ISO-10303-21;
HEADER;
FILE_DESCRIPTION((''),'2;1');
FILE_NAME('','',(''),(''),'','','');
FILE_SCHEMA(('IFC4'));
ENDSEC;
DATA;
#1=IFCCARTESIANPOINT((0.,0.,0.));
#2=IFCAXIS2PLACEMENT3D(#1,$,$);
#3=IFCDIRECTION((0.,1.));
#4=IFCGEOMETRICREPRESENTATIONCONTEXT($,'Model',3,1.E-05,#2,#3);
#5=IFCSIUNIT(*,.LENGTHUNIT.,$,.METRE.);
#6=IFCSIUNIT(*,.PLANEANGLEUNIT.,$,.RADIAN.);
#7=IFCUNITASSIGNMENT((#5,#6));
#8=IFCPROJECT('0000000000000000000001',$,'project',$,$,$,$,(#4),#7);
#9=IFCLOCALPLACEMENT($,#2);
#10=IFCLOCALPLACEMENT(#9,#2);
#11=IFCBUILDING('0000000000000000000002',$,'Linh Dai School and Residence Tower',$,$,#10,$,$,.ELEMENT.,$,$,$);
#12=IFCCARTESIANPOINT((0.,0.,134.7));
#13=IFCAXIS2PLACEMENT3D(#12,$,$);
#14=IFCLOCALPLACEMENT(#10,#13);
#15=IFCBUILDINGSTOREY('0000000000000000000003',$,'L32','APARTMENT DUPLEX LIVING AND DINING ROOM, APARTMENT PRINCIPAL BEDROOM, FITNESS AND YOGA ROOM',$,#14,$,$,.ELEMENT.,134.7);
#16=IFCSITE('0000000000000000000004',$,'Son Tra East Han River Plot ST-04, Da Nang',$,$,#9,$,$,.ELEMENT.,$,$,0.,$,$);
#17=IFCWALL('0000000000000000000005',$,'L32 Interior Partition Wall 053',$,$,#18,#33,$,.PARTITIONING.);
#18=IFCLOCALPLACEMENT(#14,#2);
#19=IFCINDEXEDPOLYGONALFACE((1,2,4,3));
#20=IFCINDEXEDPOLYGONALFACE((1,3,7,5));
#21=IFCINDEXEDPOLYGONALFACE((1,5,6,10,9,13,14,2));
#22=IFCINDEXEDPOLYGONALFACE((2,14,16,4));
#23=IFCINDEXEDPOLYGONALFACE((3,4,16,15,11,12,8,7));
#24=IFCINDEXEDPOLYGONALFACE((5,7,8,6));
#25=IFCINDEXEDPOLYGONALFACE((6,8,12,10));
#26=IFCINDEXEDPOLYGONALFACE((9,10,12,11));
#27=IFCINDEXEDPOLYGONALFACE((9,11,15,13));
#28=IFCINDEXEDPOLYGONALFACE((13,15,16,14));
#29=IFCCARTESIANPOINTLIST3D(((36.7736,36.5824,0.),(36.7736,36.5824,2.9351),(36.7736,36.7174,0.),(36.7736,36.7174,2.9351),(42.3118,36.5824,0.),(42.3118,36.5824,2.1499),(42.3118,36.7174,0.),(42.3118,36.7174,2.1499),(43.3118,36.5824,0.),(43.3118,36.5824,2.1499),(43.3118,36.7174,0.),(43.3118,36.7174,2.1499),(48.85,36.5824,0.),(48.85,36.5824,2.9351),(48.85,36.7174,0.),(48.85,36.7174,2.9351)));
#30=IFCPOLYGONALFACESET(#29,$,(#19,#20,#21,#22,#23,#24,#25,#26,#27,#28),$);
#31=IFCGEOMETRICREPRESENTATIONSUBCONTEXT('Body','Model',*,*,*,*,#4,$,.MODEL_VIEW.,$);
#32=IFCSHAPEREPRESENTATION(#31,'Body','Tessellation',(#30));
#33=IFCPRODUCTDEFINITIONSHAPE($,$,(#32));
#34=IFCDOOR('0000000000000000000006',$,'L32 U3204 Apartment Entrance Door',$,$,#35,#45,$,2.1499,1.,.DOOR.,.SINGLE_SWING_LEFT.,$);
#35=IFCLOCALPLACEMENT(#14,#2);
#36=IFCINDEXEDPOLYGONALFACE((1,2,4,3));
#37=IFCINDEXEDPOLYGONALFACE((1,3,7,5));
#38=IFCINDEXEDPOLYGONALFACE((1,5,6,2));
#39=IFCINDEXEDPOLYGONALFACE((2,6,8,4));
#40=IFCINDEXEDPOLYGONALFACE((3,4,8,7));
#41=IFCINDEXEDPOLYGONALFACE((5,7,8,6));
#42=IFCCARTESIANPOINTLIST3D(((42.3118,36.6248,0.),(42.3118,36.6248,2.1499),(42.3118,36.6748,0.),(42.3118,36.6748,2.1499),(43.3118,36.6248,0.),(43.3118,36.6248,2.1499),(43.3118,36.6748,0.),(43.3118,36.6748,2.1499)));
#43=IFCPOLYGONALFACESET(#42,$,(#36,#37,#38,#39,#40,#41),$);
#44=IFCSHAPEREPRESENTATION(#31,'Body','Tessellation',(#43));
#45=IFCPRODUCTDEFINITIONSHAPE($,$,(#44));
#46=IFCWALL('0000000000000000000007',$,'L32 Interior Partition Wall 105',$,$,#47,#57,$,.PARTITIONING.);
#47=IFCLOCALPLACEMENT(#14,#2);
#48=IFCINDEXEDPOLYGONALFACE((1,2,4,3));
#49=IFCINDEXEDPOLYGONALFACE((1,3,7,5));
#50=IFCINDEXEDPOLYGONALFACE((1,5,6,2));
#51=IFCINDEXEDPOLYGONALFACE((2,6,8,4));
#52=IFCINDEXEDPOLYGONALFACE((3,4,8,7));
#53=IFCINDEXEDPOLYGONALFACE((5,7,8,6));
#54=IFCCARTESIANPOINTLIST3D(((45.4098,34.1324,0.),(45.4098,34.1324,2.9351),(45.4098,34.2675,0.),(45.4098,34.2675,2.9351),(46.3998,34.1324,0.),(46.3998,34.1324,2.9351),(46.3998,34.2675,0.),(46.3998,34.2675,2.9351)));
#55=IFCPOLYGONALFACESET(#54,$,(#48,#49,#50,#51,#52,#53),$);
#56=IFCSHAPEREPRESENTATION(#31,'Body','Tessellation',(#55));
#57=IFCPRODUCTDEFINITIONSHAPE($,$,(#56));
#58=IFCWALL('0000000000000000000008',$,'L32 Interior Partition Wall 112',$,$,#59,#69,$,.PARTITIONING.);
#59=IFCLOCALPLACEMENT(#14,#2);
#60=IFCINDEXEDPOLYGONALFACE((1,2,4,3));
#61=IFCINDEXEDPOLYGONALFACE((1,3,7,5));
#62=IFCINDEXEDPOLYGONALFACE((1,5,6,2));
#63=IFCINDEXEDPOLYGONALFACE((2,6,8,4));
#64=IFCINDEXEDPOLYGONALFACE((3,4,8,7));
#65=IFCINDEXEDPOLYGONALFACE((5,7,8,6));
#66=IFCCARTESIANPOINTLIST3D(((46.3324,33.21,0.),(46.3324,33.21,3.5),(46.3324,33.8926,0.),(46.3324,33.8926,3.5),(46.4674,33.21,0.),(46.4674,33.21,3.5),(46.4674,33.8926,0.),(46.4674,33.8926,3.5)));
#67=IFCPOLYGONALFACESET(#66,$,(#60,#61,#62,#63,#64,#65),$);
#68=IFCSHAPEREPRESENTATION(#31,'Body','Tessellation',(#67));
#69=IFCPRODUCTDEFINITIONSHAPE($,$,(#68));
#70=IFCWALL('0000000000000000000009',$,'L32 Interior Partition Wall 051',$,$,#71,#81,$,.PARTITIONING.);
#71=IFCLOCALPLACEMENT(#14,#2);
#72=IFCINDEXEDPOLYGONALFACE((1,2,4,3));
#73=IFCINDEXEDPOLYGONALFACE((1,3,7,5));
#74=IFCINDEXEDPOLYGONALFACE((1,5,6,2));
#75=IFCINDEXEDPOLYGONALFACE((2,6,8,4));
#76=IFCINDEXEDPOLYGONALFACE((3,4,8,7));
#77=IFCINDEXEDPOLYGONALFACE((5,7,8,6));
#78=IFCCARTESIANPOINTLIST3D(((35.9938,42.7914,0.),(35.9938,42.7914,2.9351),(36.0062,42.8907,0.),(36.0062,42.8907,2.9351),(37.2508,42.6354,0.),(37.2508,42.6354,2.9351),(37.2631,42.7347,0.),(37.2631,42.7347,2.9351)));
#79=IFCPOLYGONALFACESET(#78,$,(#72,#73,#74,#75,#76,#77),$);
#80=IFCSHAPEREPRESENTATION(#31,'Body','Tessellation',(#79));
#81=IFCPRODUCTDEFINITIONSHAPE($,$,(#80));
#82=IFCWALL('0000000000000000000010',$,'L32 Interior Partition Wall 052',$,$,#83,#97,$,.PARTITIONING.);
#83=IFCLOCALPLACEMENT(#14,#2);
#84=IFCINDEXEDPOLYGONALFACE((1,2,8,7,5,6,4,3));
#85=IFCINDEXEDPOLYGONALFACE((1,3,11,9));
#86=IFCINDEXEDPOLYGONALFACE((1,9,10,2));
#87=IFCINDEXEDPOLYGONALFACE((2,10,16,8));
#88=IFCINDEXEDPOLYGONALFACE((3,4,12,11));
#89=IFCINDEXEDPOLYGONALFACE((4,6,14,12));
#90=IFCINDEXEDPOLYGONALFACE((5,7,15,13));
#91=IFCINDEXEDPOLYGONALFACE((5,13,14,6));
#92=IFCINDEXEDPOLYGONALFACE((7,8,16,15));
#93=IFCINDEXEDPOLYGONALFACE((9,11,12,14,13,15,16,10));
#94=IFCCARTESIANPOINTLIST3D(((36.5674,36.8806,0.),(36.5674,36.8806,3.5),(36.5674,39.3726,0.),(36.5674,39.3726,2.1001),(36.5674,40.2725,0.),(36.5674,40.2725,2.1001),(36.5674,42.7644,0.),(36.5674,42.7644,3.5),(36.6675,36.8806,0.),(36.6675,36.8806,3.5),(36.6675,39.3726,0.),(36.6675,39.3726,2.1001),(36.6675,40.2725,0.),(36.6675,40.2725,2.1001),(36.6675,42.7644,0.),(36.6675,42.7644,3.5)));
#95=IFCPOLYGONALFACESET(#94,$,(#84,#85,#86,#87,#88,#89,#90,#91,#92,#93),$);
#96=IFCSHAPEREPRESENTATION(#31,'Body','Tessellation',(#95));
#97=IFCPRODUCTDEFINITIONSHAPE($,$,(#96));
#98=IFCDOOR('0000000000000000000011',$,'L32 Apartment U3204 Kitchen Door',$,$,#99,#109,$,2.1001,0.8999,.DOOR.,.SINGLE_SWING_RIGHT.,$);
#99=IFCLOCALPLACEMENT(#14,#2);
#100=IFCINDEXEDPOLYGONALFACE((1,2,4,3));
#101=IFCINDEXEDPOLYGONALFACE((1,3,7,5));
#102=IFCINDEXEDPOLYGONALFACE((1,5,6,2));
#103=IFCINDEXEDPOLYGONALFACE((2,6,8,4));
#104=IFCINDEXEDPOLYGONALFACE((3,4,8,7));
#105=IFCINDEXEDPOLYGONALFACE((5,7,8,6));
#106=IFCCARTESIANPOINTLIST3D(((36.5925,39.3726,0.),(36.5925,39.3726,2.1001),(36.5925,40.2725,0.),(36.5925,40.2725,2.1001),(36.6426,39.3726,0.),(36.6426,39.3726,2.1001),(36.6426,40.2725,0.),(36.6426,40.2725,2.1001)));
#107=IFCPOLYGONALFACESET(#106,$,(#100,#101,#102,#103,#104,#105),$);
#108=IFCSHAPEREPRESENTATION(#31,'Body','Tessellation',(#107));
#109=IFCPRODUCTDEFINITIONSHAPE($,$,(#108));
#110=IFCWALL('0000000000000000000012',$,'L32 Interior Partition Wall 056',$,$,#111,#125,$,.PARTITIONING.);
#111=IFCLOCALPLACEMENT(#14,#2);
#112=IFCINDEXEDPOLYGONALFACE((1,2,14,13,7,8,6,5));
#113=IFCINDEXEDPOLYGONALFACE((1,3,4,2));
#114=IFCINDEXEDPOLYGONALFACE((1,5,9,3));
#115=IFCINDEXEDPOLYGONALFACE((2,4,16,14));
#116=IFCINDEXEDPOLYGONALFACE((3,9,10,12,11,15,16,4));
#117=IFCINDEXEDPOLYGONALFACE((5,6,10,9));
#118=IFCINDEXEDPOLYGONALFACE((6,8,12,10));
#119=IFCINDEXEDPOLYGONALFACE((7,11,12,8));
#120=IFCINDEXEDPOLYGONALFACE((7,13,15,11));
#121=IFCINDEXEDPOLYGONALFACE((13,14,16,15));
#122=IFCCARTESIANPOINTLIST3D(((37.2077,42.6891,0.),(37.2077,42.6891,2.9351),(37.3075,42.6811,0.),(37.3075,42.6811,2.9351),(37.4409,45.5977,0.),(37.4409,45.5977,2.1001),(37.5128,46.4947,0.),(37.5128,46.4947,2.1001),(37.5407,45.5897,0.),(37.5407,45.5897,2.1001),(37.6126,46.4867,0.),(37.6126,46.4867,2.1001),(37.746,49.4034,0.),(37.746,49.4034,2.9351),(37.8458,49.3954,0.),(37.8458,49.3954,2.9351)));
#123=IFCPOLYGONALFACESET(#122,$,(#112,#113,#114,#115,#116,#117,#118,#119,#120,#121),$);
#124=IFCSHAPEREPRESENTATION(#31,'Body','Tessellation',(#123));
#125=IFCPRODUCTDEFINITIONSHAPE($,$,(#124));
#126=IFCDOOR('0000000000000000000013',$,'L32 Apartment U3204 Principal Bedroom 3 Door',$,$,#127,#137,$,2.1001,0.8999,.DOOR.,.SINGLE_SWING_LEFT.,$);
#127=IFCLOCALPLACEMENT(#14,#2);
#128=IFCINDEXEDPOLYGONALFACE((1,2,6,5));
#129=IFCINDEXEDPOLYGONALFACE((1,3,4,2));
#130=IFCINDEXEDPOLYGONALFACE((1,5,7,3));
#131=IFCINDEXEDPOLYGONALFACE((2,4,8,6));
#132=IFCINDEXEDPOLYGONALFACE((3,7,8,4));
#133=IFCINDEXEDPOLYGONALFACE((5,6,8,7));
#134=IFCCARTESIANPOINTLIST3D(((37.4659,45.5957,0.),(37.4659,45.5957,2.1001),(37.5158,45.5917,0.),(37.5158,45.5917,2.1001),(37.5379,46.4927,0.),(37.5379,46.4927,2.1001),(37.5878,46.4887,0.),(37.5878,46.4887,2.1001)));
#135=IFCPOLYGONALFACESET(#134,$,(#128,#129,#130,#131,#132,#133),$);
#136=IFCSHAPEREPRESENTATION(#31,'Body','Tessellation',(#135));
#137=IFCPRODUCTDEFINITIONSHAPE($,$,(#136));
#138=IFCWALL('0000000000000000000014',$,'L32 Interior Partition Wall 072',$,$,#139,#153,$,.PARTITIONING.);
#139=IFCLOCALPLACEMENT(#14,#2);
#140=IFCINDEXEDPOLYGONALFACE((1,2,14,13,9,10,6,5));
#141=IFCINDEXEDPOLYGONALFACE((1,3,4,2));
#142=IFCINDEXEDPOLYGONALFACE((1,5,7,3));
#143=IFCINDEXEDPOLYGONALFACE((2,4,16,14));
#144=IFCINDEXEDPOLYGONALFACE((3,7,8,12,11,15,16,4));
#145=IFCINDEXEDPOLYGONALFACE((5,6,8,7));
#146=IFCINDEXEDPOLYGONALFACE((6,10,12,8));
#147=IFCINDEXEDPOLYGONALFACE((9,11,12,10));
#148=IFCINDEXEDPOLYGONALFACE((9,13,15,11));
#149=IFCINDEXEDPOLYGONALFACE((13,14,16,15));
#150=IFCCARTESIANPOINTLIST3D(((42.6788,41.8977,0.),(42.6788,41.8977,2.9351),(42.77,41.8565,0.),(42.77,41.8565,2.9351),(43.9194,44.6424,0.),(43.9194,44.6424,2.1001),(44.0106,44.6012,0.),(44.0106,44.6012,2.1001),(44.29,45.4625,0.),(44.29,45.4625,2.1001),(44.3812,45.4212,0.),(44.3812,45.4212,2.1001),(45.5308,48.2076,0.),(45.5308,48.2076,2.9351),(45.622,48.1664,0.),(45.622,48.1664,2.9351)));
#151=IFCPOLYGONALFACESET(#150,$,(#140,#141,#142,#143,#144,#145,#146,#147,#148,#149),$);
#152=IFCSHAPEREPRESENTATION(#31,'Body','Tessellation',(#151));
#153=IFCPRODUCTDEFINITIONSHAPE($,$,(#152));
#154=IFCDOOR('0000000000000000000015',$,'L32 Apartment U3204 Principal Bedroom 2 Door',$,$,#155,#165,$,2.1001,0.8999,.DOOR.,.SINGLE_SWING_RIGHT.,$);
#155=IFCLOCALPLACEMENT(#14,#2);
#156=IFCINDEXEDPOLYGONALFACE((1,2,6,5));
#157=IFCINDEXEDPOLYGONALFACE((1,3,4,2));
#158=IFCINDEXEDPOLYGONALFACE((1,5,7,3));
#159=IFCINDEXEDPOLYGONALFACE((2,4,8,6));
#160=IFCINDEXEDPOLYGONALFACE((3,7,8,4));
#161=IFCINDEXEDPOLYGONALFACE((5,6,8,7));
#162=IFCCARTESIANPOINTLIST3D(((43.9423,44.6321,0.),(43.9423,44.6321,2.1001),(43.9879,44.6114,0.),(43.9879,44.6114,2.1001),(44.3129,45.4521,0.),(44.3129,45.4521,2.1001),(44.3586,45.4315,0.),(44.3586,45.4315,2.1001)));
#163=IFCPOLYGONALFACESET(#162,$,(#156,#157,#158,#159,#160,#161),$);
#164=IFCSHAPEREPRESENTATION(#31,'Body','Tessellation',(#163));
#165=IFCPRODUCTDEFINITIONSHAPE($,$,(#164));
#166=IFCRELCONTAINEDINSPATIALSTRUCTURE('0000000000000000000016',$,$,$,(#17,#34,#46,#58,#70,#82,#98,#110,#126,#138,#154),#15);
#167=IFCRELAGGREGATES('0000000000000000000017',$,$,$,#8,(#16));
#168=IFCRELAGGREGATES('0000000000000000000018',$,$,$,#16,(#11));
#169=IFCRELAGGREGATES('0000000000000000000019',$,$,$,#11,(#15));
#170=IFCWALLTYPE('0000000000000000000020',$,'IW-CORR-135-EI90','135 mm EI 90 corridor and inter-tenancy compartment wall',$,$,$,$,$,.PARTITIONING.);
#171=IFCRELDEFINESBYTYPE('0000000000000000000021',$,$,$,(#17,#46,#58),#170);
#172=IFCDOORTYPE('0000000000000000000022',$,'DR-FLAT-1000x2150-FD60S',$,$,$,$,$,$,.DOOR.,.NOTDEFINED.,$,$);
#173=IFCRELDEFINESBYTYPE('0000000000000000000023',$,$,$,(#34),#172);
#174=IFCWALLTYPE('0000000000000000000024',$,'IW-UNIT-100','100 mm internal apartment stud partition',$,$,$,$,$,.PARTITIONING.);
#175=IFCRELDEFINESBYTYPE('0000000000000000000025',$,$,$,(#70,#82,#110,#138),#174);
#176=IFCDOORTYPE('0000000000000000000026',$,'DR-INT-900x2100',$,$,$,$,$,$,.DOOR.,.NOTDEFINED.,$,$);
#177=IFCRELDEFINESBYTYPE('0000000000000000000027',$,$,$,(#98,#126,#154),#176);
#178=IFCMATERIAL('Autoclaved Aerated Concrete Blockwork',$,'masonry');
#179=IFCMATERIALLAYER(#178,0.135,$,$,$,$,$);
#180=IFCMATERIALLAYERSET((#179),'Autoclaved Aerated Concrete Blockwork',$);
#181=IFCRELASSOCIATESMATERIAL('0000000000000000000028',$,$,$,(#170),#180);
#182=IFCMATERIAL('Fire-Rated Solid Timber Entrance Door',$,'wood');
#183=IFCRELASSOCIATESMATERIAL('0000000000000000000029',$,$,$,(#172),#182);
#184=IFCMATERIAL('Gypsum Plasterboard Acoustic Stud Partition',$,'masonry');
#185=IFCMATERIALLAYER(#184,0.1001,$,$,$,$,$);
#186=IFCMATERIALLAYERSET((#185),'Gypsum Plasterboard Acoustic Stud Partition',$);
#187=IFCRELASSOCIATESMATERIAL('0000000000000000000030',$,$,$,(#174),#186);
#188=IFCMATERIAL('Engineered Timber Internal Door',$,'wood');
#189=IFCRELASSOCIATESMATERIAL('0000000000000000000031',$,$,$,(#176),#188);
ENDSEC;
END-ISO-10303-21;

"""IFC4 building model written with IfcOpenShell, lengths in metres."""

from ifc_helpers import new_model, si_unit, direction, frame, frame_2d, origin, origin_2d, place, context, subcontext, project, spatial, rectangle, extrude, source, transform, mapped, material, layer, layer_set, type_object, element, fill, save


model = new_model("IFC4")

# Units and contexts
model_context = context("Model", 3, precision=1e-05, world=origin(), true_north=direction((0.0, 1.0)))
body_context = subcontext(model_context, "Body", "Model", "MODEL_VIEW")
ifc_project = project(units=[si_unit("LENGTHUNIT", "METRE"), si_unit("PLANEANGLEUNIT", "RADIAN")], contexts=[model_context])

# Site, building, storey
site_placement = place(None, origin())
site = spatial("IfcSite", under=ifc_project, at=site_placement, Name="Son Tra East Han River Plot ST-04, Da Nang", CompositionType="ELEMENT", RefElevation=0.0)
building_placement = place(site_placement, origin())
building = spatial("IfcBuilding", under=site, at=building_placement, Name="Linh Dai School and Residence Tower", CompositionType="ELEMENT")
storey_placement = place(building_placement, frame((0.0, 0.0, 134.7)))
storey = spatial("IfcBuildingStorey", under=building, at=storey_placement, Name="L32", Description="APARTMENT DUPLEX LIVING AND DINING ROOM, APARTMENT PRINCIPAL BEDROOM, FITNESS AND YOGA ROOM", CompositionType="ELEMENT", Elevation=134.7)

# Wall, opening, door
ifc_material_1 = material(Name="Autoclaved Aerated Concrete Blockwork", Category="masonry")
ifc_layer_1 = layer(ifc_material_1, 0.135)
ifc_layer_set_1 = layer_set([ifc_layer_1], Name="Autoclaved Aerated Concrete Blockwork")
wall_type_1 = type_object("IfcWallType", Name="IW-CORR-135-EI90", Description="135 mm EI 90 corridor and inter-tenancy compartment wall", PredefinedType="PARTITIONING", material=ifc_layer_set_1)
wall_1_placement = place(storey_placement, frame((36.7737, 36.6499, 0.0), z_axis=(0.0, 0.0, 1.0), x_axis=(1.0, 0.0, 0.0)))
wall_1 = element("IfcWall", 1, at=wall_1_placement, inside=storey, type_object=wall_type_1, Name="L32 Interior Partition Wall 053", PredefinedType="PARTITIONING", context=body_context, shape_type="SweptSolid", body=[
    extrude(rectangle(XDim=12.0764, YDim=0.135, at=frame_2d((6.0381, 0.0))), origin(), (0.0, 0.0, 1.0), 2.9351),
])
opening_1_placement = place(wall_1_placement, frame((5.5381, 0.0, 0.0)))
opening_1 = element("IfcOpeningElement", 2, at=opening_1_placement, cuts=wall_1, PredefinedType="OPENING", context=body_context, shape_type="SweptSolid", body=[
    extrude(rectangle(XDim=1.0, YDim=2.1499, at=origin_2d()), frame((0.5, 0.0776, 1.075), z_axis=(0.0, -1.0, 0.0), x_axis=(1.0, 0.0, 0.0)), (0.0, 0.0, 1.0), 0.155),
])
ifc_material_2 = material(Name="Fire-Rated Solid Timber Entrance Door", Category="wood")
door_type_1 = type_object("IfcDoorType", Name="DR-FLAT-1000x2150-FD60S", OperationType="NOTDEFINED", PredefinedType="DOOR", material=ifc_material_2)
shared_shape_1 = source(origin(), body_context, "Body", "SweptSolid", [
    extrude(rectangle(XDim=1.0, YDim=2.1499, at=origin_2d()), frame((0.5, 0.0249, 1.075), z_axis=(0.0, -1.0, 0.0), x_axis=(1.0, 0.0, 0.0)), (0.0, 0.0, 1.0), 0.05),
])
door_1_placement = place(opening_1_placement, origin())
door_1 = element("IfcDoor", 3, at=door_1_placement, inside=storey, type_object=door_type_1, Name="L32 U3204 Apartment Entrance Door", OperationType="SINGLE_SWING_LEFT", OverallHeight=2.1499, OverallWidth=1.0, PredefinedType="DOOR", context=body_context, shape_type="MappedRepresentation", body=[
    mapped(shared_shape_1, transform((0.0, 0.0, 0.0), x_axis=(1.0, 0.0, 0.0), y_axis=(0.0, 1.0, 0.0), z_axis=(0.0, 0.0, 1.0), scale=1.0)),
])
fill(opening_1, door_1)

# Walls
wall_2_placement = place(storey_placement, frame((46.3999, 34.2, 0.0), z_axis=(0.0, 0.0, 1.0), x_axis=(-1.0, 0.0, 0.0)))
element("IfcWall", 4, at=wall_2_placement, inside=storey, type_object=wall_type_1, Name="L32 Interior Partition Wall 105", PredefinedType="PARTITIONING", context=body_context, shape_type="SweptSolid", body=[
    extrude(rectangle(XDim=0.99, YDim=0.135, at=frame_2d((0.4951, 0.0))), origin(), (0.0, 0.0, 1.0), 2.9351),
])
wall_3_placement = place(storey_placement, frame((46.3999, 33.21, 0.0), z_axis=(0.0, 0.0, 1.0), x_axis=(0.0, 1.0, 0.0)))
element("IfcWall", 5, at=wall_3_placement, inside=storey, type_object=wall_type_1, Name="L32 Interior Partition Wall 112", PredefinedType="PARTITIONING", context=body_context, shape_type="SweptSolid", body=[
    extrude(rectangle(XDim=0.6826, YDim=0.135, at=frame_2d((0.3413, 0.0))), origin(), (0.0, 0.0, 1.0), 3.5),
])
ifc_material_3 = material(Name="Gypsum Plasterboard Acoustic Stud Partition", Category="masonry")
ifc_layer_2 = layer(ifc_material_3, 0.1001)
ifc_layer_set_2 = layer_set([ifc_layer_2], Name="Gypsum Plasterboard Acoustic Stud Partition")
wall_type_2 = type_object("IfcWallType", Name="IW-UNIT-100", Description="100 mm internal apartment stud partition", PredefinedType="PARTITIONING", material=ifc_layer_set_2)
wall_4_placement = place(storey_placement, frame((36.0, 42.8411, 0.0), z_axis=(0.0, 0.0, 1.0), x_axis=(0.992384, -0.123181, 0.0)))
element("IfcWall", 6, at=wall_4_placement, inside=storey, type_object=wall_type_2, Name="L32 Interior Partition Wall 051", PredefinedType="PARTITIONING", context=body_context, shape_type="SweptSolid", body=[
    extrude(rectangle(XDim=1.2666, YDim=0.1001, at=frame_2d((0.6333, 0.0))), origin(), (0.0, 0.0, 1.0), 2.9351),
])

# Walls, openings, doors
wall_5_placement = place(storey_placement, frame((36.6174, 36.8806, 0.0), z_axis=(0.0, 0.0, 1.0), x_axis=(0.0, 1.0, 0.0)))
wall_5 = element("IfcWall", 7, at=wall_5_placement, inside=storey, type_object=wall_type_2, Name="L32 Interior Partition Wall 052", PredefinedType="PARTITIONING", context=body_context, shape_type="SweptSolid", body=[
    extrude(rectangle(XDim=5.8838, YDim=0.1001, at=frame_2d((2.9419, 0.0))), origin(), (0.0, 0.0, 1.0), 3.5),
])
opening_2_placement = place(wall_5_placement, frame((2.4919, 0.0, 0.0)))
opening_2 = element("IfcOpeningElement", 8, at=opening_2_placement, cuts=wall_5, PredefinedType="OPENING", context=body_context, shape_type="SweptSolid", body=[
    extrude(rectangle(XDim=0.8999, YDim=2.1001, at=origin_2d()), frame((0.45, 0.0601, 1.05), z_axis=(0.0, -1.0, 0.0), x_axis=(1.0, 0.0, 0.0)), (0.0, 0.0, 1.0), 0.1201),
])
ifc_material_4 = material(Name="Engineered Timber Internal Door", Category="wood")
door_type_2 = type_object("IfcDoorType", Name="DR-INT-900x2100", OperationType="NOTDEFINED", PredefinedType="DOOR", material=ifc_material_4)
shared_shape_2 = source(origin(), body_context, "Body", "SweptSolid", [
    extrude(rectangle(XDim=0.8999, YDim=2.1001, at=origin_2d()), frame((0.45, 0.0249, 1.05), z_axis=(0.0, -1.0, 0.0), x_axis=(1.0, 0.0, 0.0)), (0.0, 0.0, 1.0), 0.05),
])
door_2_placement = place(opening_2_placement, origin())
door_2 = element("IfcDoor", 9, at=door_2_placement, inside=storey, type_object=door_type_2, Name="L32 Apartment U3204 Kitchen Door", OperationType="SINGLE_SWING_RIGHT", OverallHeight=2.1001, OverallWidth=0.8999, PredefinedType="DOOR", context=body_context, shape_type="MappedRepresentation", body=[
    mapped(shared_shape_2, transform((0.0, 0.0, 0.0), x_axis=(1.0, 0.0, 0.0), y_axis=(0.0, 1.0, 0.0), z_axis=(0.0, 0.0, 1.0), scale=1.0)),
])
fill(opening_2, door_2)
wall_6_placement = place(storey_placement, frame((37.2576, 42.6851, 0.0), z_axis=(0.0, 0.0, 1.0), x_axis=(0.07992, 0.996801, 0.0)))
wall_6 = element("IfcWall", 10, at=wall_6_placement, inside=storey, type_object=wall_type_2, Name="L32 Interior Partition Wall 056", PredefinedType="PARTITIONING", context=body_context, shape_type="SweptSolid", body=[
    extrude(rectangle(XDim=6.7358, YDim=0.1001, at=frame_2d((3.3679, 0.0))), origin(), (0.0, 0.0, 1.0), 2.9351),
])
opening_3_placement = place(wall_6_placement, frame((2.918, 0.0, 0.0)))
opening_3 = element("IfcOpeningElement", 11, at=opening_3_placement, cuts=wall_6, PredefinedType="OPENING", context=body_context, shape_type="SweptSolid", body=[
    extrude(rectangle(XDim=0.8999, YDim=2.1001, at=origin_2d()), frame((0.45, 0.0601, 1.05), z_axis=(0.0, -1.0, 0.0), x_axis=(1.0, 0.0, 0.0)), (0.0, 0.0, 1.0), 0.1201),
])
door_3_placement = place(opening_3_placement, origin())
door_3 = element("IfcDoor", 12, at=door_3_placement, inside=storey, type_object=door_type_2, Name="L32 Apartment U3204 Principal Bedroom 3 Door", OperationType="SINGLE_SWING_LEFT", OverallHeight=2.1001, OverallWidth=0.8999, PredefinedType="DOOR", context=body_context, shape_type="MappedRepresentation", body=[
    mapped(shared_shape_2, transform((0.0, 0.0, 0.0), x_axis=(1.0, 0.0, 0.0), y_axis=(0.0, 1.0, 0.0), z_axis=(0.0, 0.0, 1.0), scale=1.0)),
])
fill(opening_3, door_3)
wall_7_placement = place(storey_placement, frame((42.7244, 41.877, 0.0), z_axis=(0.0, 0.0, 1.0), x_axis=(0.411868, 0.911243, 0.0)))
wall_7 = element("IfcWall", 13, at=wall_7_placement, inside=storey, type_object=wall_type_2, Name="L32 Interior Partition Wall 072", PredefinedType="PARTITIONING", context=body_context, shape_type="SweptSolid", body=[
    extrude(rectangle(XDim=6.9246, YDim=0.1001, at=frame_2d((3.4624, 0.0))), origin(), (0.0, 0.0, 1.0), 2.9351),
])
opening_4_placement = place(wall_7_placement, frame((3.0122, 0.0, 0.0)))
opening_4 = element("IfcOpeningElement", 14, at=opening_4_placement, cuts=wall_7, PredefinedType="OPENING", context=body_context, shape_type="SweptSolid", body=[
    extrude(rectangle(XDim=0.8999, YDim=2.1001, at=origin_2d()), frame((0.45, 0.0601, 1.05), z_axis=(0.0, -1.0, 0.0), x_axis=(1.0, 0.0, 0.0)), (0.0, 0.0, 1.0), 0.1201),
])
door_4_placement = place(opening_4_placement, origin())
door_4 = element("IfcDoor", 15, at=door_4_placement, inside=storey, type_object=door_type_2, Name="L32 Apartment U3204 Principal Bedroom 2 Door", OperationType="SINGLE_SWING_RIGHT", OverallHeight=2.1001, OverallWidth=0.8999, PredefinedType="DOOR", context=body_context, shape_type="MappedRepresentation", body=[
    mapped(shared_shape_2, transform((0.0, 0.0, 0.0), x_axis=(1.0, 0.0, 0.0), y_axis=(0.0, 1.0, 0.0), z_axis=(0.0, 0.0, 1.0), scale=1.0)),
])
fill(opening_4, door_4)

save(model, "model.ifc")
